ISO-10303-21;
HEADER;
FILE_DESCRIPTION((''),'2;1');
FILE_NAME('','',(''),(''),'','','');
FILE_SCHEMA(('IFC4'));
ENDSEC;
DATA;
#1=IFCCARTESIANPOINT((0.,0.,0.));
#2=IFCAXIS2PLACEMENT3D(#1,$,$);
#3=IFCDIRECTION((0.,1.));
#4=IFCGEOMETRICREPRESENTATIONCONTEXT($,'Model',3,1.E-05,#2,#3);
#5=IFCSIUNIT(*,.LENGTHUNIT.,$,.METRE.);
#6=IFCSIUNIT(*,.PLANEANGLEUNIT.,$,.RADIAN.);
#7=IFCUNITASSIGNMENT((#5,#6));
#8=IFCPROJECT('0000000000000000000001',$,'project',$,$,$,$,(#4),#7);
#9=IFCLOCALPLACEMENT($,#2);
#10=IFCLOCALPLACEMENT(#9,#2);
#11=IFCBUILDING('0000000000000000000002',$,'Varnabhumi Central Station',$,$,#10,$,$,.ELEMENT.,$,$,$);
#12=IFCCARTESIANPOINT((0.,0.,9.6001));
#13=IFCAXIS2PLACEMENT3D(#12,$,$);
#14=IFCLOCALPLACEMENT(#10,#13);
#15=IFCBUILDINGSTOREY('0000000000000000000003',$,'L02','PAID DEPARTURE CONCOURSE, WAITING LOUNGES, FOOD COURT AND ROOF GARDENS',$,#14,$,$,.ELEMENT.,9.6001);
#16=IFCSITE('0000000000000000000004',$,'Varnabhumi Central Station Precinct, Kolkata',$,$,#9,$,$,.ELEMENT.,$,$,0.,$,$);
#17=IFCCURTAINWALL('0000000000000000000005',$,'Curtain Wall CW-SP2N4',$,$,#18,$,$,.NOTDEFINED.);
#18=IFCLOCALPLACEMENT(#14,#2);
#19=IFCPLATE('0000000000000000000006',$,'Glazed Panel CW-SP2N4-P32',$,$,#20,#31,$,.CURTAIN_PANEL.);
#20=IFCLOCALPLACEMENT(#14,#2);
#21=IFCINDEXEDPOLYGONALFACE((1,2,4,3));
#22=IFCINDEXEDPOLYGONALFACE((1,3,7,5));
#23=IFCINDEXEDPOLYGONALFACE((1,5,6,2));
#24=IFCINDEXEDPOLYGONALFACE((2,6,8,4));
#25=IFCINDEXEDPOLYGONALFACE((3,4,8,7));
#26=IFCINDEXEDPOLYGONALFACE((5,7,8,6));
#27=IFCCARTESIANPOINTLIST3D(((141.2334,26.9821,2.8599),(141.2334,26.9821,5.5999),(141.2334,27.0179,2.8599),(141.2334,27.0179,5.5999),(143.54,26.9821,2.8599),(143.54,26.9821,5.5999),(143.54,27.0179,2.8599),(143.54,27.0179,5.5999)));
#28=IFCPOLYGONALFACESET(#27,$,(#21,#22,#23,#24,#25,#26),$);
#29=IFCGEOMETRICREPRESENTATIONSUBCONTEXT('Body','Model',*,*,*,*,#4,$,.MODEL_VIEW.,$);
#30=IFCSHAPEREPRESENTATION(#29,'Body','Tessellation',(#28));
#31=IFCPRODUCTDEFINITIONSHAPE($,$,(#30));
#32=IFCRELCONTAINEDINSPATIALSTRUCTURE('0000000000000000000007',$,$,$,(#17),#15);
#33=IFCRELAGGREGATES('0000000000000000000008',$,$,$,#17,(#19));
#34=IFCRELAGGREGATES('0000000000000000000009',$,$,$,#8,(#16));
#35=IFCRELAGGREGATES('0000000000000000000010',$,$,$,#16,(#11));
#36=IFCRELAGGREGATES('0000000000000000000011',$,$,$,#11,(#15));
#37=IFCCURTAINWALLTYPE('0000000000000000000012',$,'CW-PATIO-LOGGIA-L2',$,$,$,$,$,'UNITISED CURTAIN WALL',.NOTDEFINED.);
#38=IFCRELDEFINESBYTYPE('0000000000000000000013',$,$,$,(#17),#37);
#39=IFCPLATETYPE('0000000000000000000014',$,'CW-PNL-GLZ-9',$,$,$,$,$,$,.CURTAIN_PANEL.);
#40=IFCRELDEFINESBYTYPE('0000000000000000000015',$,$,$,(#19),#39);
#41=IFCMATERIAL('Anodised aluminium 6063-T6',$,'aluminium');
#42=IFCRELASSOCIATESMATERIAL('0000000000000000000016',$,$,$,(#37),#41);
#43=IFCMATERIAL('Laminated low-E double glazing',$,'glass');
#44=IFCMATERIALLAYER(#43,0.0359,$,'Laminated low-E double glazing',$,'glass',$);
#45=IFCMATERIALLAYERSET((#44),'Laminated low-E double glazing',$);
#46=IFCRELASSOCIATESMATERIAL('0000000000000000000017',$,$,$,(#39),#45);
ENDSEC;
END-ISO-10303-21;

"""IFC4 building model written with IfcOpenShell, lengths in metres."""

from ifc_helpers import new_model, si_unit, direction, frame, origin, origin_2d, place, context, subcontext, project, spatial, rectangle, extrude, material, layer, layer_set, type_object, element, aggregate, save


model = new_model("IFC4")

# Units and contexts
model_context = context("Model", 3, precision=1e-05, world=origin(), true_north=direction((0.0, 1.0)))
body_context = subcontext(model_context, "Body", "Model", "MODEL_VIEW")
ifc_project = project(units=[si_unit("LENGTHUNIT", "METRE"), si_unit("PLANEANGLEUNIT", "RADIAN")], contexts=[model_context])

# Site, building, storey
site_placement = place(None, origin())
site = spatial("IfcSite", under=ifc_project, at=site_placement, Name="Varnabhumi Central Station Precinct, Kolkata", CompositionType="ELEMENT", RefElevation=0.0)
building_placement = place(site_placement, origin())
building = spatial("IfcBuilding", under=site, at=building_placement, Name="Varnabhumi Central Station", CompositionType="ELEMENT")
storey_placement = place(building_placement, frame((0.0, 0.0, 9.6001)))
storey = spatial("IfcBuildingStorey", under=building, at=storey_placement, Name="L02", Description="PAID DEPARTURE CONCOURSE, WAITING LOUNGES, FOOD COURT AND ROOF GARDENS", CompositionType="ELEMENT", Elevation=9.6001)

# Curtain wall
ifc_material_1 = material(Name="Anodised aluminium 6063-T6", Category="aluminium")
curtain_wall_type = type_object("IfcCurtainWallType", Name="CW-PATIO-LOGGIA-L2", ElementType="UNITISED CURTAIN WALL", PredefinedType="NOTDEFINED", material=ifc_material_1)
curtain_wall_1_placement = place(storey_placement, origin())
curtain_wall_1 = element("IfcCurtainWall", 1, at=curtain_wall_1_placement, inside=storey, type_object=curtain_wall_type, Name="Curtain Wall CW-SP2N4", PredefinedType="NOTDEFINED")

# Plate
ifc_material_2 = material(Name="Laminated low-E double glazing", Category="glass")
ifc_layer_1 = layer(ifc_material_2, 0.0359, Name="Laminated low-E double glazing", Category="glass")
ifc_layer_set_1 = layer_set([ifc_layer_1], Name="Laminated low-E double glazing")
plate_type_1 = type_object("IfcPlateType", Name="CW-PNL-GLZ-9", PredefinedType="CURTAIN_PANEL", material=ifc_layer_set_1)
plate_1_placement = place(storey_placement, frame((142.3867, 27.0, 2.8599), z_axis=(0.0, 0.0, 1.0), x_axis=(1.0, 0.0, 0.0)))
plate_1 = element("IfcPlate", 2, at=plate_1_placement, type_object=plate_type_1, Name="Glazed Panel CW-SP2N4-P32", PredefinedType="CURTAIN_PANEL", context=body_context, shape_type="SweptSolid", body=[
    extrude(rectangle(XDim=2.3066, YDim=0.0359, at=origin_2d()), origin(), (0.0, 0.0, 1.0), 2.74),
])
aggregate(curtain_wall_1, [plate_1])

save(model, "model.ifc")
